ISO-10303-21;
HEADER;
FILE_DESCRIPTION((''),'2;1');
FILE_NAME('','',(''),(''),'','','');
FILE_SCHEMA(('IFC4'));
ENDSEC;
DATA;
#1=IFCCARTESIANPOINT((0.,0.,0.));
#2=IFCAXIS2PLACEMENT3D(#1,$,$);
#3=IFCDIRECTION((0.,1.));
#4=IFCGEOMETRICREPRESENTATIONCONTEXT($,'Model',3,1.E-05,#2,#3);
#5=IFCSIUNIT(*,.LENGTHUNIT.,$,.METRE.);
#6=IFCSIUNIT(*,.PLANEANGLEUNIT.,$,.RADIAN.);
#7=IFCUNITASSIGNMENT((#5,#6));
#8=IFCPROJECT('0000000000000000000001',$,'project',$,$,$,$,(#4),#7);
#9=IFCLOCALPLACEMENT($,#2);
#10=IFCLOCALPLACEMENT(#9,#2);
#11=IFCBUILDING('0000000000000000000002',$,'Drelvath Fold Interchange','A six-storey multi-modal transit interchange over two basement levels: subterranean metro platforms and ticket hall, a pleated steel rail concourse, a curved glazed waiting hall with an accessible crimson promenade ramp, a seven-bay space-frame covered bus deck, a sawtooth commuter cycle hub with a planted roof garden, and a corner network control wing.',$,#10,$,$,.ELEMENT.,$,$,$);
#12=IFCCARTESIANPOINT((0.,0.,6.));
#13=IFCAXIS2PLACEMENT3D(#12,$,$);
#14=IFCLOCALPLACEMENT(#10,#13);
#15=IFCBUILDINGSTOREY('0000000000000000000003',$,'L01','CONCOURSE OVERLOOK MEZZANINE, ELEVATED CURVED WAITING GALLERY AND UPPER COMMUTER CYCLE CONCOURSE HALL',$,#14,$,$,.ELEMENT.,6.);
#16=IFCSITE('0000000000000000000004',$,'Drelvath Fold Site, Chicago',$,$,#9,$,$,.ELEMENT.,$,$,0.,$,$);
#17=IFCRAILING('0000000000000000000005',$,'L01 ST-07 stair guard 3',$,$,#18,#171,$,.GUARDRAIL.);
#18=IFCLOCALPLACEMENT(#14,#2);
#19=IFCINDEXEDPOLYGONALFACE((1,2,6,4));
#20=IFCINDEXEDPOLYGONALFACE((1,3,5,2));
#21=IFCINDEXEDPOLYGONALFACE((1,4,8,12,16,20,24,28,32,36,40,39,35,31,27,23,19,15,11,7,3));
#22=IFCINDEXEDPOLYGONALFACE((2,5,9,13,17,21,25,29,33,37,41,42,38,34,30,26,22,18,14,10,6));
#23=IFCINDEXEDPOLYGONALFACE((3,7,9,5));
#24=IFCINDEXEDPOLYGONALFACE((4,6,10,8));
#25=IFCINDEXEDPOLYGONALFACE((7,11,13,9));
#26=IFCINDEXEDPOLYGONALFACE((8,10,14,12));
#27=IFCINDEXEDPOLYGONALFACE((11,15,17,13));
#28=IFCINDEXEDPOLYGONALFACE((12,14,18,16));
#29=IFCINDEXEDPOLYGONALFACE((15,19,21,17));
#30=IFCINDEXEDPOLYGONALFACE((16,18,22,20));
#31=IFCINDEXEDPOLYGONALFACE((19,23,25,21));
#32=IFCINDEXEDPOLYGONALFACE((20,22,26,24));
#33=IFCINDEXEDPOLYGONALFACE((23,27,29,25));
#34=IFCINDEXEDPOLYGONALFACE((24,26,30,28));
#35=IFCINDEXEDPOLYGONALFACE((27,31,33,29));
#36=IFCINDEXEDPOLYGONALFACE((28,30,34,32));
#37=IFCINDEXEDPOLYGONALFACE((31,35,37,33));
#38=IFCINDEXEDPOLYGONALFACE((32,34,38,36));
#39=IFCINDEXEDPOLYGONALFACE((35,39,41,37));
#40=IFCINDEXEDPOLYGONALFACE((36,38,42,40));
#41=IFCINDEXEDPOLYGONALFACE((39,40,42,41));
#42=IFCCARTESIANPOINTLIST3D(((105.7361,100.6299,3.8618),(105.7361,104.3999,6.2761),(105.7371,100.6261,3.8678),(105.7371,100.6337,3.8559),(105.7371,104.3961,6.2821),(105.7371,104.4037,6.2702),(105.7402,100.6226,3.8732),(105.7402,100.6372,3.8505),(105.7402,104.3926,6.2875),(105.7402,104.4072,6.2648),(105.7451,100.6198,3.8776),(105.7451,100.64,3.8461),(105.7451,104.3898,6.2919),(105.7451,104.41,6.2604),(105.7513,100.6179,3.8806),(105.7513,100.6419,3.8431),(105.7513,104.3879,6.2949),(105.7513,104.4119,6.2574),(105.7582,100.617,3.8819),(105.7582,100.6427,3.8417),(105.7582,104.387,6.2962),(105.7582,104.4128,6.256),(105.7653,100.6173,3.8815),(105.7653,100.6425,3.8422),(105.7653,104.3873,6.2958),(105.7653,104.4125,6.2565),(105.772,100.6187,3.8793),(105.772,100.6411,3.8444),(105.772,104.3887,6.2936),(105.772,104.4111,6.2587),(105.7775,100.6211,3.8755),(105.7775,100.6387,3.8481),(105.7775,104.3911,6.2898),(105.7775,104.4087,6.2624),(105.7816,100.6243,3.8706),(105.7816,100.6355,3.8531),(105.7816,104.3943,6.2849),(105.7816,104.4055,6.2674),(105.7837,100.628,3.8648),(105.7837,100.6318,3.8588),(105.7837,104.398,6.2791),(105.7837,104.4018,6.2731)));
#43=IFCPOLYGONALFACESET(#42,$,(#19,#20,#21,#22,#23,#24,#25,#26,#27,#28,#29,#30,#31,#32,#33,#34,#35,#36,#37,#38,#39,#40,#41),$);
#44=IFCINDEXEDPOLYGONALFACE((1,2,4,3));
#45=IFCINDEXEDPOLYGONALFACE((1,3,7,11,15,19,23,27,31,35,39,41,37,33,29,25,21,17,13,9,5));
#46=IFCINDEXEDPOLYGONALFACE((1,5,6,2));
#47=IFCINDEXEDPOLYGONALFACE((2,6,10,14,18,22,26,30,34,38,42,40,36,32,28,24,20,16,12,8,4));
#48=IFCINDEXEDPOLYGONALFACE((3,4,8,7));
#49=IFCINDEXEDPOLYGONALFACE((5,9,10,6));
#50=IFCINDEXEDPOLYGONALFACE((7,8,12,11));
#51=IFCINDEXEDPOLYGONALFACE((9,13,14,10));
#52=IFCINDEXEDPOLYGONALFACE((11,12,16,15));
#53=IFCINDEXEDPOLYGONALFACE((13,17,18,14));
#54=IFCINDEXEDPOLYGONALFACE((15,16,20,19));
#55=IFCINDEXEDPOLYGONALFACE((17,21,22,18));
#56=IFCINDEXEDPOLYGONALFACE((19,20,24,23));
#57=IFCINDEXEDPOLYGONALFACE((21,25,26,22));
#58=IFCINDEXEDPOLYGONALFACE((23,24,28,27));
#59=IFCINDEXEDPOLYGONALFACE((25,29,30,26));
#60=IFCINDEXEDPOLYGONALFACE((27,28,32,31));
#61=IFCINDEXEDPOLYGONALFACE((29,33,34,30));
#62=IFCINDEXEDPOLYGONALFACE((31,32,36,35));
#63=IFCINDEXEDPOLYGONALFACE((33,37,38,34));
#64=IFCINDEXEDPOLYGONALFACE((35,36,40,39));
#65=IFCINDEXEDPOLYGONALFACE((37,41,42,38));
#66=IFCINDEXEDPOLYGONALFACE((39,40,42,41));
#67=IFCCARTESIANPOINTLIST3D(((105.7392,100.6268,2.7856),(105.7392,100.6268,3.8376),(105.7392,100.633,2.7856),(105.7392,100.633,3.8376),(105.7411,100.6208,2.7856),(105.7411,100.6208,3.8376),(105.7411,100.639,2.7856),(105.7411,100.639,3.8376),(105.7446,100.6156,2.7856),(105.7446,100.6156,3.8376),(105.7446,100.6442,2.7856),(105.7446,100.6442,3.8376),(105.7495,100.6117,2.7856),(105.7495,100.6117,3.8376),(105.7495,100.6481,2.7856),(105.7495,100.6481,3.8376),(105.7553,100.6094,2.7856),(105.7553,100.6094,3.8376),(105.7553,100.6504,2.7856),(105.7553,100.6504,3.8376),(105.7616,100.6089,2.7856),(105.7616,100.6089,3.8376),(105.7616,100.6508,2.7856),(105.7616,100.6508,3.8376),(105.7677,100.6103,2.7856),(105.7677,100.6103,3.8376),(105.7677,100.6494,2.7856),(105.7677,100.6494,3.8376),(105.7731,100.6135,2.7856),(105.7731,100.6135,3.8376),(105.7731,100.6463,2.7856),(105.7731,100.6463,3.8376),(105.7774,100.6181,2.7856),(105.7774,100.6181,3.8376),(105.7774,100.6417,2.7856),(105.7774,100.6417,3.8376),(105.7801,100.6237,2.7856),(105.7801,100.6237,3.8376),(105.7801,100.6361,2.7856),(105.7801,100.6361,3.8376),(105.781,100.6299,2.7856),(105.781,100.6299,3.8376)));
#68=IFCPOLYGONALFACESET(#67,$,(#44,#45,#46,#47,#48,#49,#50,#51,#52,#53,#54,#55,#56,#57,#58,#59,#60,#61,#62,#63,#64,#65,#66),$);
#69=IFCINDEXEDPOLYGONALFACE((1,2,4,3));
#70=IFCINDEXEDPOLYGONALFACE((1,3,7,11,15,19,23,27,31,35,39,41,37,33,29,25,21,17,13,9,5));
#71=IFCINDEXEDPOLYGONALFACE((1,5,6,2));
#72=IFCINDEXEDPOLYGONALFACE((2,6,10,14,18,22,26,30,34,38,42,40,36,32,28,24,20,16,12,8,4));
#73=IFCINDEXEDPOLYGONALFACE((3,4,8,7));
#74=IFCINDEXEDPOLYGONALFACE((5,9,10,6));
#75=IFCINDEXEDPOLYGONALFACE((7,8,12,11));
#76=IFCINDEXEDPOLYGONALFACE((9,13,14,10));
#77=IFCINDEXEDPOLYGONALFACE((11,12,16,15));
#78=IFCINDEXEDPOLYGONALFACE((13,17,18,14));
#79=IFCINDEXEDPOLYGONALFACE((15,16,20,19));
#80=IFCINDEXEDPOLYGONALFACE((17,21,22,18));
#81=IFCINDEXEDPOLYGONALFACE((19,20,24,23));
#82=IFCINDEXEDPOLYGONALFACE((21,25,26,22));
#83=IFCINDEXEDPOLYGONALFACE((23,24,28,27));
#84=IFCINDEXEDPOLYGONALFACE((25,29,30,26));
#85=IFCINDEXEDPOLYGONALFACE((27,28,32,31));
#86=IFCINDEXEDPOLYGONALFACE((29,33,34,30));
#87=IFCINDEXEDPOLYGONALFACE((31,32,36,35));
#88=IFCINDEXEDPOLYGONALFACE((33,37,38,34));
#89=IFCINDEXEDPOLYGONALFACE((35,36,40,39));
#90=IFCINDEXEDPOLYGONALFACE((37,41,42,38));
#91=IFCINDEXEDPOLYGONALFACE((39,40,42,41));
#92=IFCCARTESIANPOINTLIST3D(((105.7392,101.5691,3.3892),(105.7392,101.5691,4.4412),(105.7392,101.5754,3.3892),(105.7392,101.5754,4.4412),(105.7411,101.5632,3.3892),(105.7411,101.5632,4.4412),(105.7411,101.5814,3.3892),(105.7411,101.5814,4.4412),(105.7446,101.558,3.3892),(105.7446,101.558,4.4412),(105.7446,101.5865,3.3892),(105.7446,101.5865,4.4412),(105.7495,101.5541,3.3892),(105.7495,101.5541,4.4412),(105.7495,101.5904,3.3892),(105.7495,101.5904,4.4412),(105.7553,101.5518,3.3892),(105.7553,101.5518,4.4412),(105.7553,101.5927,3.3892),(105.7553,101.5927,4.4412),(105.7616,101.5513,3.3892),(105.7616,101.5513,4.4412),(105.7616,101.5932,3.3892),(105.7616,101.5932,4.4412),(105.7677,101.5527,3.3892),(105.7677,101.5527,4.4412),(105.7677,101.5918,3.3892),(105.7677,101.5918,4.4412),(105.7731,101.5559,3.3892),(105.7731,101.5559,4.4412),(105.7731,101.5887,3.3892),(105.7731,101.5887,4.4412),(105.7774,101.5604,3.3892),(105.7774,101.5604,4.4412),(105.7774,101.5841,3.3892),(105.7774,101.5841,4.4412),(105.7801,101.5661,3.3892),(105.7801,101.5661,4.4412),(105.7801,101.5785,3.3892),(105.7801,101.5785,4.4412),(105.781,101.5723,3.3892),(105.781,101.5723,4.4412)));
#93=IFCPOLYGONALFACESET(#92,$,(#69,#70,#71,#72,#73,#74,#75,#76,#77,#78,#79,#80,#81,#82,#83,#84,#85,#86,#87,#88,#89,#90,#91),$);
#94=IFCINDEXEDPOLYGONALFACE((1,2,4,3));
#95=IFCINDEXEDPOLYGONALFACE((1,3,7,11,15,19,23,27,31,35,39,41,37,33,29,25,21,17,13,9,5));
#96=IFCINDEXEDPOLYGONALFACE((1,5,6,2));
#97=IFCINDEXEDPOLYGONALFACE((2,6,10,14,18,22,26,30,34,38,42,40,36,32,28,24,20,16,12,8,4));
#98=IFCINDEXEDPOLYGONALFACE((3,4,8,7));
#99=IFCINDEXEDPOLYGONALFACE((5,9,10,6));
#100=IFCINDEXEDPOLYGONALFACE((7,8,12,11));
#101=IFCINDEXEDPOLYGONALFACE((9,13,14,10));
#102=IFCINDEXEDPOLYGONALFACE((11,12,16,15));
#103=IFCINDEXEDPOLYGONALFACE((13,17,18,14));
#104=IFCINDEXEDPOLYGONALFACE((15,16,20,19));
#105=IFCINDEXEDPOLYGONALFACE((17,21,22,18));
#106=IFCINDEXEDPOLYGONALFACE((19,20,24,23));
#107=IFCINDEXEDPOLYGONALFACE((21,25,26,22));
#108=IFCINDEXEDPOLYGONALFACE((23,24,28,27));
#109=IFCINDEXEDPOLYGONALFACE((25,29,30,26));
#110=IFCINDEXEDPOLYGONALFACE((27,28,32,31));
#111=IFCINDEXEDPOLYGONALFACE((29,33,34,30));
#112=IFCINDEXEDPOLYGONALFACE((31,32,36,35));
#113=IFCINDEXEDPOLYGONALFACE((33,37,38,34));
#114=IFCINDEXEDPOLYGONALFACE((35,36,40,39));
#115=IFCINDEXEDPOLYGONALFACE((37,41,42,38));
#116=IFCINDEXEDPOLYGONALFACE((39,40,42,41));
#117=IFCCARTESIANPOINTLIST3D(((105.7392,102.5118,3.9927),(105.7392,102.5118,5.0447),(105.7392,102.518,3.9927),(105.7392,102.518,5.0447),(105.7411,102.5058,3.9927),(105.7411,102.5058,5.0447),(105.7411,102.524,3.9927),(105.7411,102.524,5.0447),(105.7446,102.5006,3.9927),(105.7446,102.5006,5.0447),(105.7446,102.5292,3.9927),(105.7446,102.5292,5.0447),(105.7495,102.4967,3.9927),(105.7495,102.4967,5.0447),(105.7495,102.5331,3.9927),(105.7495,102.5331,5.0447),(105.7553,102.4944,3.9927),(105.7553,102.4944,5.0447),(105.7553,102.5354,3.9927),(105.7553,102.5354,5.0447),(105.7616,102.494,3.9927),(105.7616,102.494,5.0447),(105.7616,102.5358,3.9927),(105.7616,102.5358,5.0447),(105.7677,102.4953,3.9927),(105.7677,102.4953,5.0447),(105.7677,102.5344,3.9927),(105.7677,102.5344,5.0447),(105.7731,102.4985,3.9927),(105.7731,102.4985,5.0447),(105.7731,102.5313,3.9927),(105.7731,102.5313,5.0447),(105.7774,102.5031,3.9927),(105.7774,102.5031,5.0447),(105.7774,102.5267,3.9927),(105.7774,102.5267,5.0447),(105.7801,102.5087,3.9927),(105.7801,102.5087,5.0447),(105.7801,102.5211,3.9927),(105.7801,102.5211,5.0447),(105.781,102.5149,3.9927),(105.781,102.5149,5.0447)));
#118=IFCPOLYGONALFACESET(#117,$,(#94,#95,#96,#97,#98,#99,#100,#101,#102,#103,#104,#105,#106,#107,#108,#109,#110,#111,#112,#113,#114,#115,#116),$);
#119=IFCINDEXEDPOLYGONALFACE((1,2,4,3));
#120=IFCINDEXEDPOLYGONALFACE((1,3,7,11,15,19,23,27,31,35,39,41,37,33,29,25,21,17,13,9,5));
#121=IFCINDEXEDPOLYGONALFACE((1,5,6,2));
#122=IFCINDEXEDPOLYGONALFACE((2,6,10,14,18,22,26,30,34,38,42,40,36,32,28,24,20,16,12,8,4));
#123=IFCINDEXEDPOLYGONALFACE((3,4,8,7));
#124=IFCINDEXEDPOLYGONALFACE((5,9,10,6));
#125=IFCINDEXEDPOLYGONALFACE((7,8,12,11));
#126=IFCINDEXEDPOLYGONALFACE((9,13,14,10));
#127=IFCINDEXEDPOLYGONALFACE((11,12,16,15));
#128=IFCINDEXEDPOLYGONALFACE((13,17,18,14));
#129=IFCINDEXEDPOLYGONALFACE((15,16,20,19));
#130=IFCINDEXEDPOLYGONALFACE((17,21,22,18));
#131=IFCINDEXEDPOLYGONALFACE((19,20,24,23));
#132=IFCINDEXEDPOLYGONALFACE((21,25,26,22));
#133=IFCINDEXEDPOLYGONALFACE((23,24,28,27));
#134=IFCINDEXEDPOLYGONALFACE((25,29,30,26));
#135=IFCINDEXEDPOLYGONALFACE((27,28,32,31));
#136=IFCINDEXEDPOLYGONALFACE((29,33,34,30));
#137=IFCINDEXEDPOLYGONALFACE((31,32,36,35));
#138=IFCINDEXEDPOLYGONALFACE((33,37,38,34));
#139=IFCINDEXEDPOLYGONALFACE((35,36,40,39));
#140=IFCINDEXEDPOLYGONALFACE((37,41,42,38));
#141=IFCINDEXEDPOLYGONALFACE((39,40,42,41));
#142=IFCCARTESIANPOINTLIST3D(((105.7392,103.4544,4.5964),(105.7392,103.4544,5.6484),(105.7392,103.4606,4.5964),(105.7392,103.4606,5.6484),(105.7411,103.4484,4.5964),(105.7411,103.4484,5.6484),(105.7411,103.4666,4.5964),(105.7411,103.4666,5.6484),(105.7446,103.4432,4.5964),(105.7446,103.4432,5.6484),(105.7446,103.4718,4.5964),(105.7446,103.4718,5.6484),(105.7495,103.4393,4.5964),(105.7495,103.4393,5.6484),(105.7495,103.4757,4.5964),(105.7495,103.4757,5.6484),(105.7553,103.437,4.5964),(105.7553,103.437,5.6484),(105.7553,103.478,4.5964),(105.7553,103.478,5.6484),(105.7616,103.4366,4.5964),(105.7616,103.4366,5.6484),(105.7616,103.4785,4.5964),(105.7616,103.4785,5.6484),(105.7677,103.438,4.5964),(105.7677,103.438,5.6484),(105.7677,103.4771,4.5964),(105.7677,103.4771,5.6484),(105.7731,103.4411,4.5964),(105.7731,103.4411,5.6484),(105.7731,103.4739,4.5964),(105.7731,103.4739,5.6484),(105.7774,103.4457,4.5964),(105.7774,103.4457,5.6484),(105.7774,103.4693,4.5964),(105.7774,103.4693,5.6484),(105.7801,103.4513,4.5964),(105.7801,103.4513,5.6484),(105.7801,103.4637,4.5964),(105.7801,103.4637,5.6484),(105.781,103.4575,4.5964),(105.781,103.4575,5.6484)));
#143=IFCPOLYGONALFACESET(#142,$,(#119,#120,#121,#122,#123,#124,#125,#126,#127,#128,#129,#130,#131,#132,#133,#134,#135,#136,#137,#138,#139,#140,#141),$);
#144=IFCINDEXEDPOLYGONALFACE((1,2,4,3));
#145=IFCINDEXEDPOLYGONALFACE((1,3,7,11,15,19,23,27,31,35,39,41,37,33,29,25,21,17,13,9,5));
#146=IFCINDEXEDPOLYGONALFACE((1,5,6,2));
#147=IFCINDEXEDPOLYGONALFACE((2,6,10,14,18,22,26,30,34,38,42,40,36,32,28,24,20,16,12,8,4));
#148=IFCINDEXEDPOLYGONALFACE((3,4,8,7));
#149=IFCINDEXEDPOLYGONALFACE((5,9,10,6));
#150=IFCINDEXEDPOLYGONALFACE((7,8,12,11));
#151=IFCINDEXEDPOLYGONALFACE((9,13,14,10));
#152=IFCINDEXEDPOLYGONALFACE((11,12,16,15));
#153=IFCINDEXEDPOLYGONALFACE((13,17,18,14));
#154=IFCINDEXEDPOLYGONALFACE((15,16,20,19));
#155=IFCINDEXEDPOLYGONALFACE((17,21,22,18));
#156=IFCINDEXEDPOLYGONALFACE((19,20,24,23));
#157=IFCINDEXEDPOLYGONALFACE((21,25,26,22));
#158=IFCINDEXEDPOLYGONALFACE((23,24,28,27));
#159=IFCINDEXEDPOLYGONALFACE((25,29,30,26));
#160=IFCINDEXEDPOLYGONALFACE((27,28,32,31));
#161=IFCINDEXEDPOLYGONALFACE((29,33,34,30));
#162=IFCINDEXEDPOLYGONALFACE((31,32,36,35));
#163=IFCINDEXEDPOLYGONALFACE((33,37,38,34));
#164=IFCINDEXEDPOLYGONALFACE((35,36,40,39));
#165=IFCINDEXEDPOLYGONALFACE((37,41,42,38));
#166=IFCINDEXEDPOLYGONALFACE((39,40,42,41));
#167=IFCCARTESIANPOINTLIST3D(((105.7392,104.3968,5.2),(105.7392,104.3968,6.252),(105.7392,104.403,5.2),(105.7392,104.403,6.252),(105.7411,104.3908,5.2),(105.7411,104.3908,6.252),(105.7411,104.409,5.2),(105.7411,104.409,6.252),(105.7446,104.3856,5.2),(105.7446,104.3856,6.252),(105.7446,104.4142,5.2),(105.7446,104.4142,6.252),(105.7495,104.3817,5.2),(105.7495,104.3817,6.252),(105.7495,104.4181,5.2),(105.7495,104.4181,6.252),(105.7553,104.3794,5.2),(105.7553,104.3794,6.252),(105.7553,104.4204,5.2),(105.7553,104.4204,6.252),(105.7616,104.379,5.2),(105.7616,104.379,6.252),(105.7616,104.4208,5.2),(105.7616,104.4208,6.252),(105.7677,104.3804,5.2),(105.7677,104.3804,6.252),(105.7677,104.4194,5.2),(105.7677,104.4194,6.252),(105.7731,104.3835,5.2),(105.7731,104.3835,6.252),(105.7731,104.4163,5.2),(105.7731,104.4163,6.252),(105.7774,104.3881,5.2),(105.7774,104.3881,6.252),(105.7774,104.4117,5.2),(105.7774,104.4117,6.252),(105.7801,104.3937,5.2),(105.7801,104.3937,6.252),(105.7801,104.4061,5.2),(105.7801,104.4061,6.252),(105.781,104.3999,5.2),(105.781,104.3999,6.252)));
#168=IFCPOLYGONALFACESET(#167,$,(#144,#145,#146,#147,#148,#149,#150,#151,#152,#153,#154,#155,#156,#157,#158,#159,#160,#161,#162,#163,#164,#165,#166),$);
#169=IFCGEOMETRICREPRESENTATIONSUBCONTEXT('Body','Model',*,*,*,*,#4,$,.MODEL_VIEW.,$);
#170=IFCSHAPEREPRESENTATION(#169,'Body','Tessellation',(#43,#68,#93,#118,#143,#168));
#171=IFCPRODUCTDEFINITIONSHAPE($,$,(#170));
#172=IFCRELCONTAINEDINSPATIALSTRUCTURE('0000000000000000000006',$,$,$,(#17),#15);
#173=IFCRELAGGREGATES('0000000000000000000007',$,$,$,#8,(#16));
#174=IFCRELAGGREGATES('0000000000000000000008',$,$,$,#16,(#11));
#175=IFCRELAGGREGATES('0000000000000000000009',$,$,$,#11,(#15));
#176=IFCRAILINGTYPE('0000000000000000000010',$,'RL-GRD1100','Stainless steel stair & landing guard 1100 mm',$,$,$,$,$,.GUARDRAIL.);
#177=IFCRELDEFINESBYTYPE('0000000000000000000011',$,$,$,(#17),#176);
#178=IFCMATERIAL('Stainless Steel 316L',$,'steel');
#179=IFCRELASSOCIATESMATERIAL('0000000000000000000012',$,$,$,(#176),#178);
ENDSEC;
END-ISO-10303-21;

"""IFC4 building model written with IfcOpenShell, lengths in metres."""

from ifc_helpers import new_model, si_unit, direction, frame, origin, origin_2d, place, context, subcontext, project, spatial, circle, extrude, material, type_object, element, save


model = new_model("IFC4")

# Units and contexts
model_context = context("Model", 3, precision=1e-05, world=origin(), true_north=direction((0.0, 1.0)))
body_context = subcontext(model_context, "Body", "Model", "MODEL_VIEW")
ifc_project = project(units=[si_unit("LENGTHUNIT", "METRE"), si_unit("PLANEANGLEUNIT", "RADIAN")], contexts=[model_context])

# Site, building, storey
site_placement = place(None, origin())
site = spatial("IfcSite", under=ifc_project, at=site_placement, Name="Drelvath Fold Site, Chicago", CompositionType="ELEMENT", RefElevation=0.0)
building_placement = place(site_placement, origin())
building = spatial("IfcBuilding", under=site, at=building_placement, Name="Drelvath Fold Interchange", Description="A six-storey multi-modal transit interchange over two basement levels: subterranean metro platforms and ticket hall, a pleated steel rail concourse, a curved glazed waiting hall with an accessible crimson promenade ramp, a seven-bay space-frame covered bus deck, a sawtooth commuter cycle hub with a planted roof garden, and a corner network control wing.", CompositionType="ELEMENT")
storey_placement = place(building_placement, frame((0.0, 0.0, 6.0)))
storey = spatial("IfcBuildingStorey", under=building, at=storey_placement, Name="L01", Description="CONCOURSE OVERLOOK MEZZANINE, ELEVATED CURVED WAITING GALLERY AND UPPER COMMUTER CYCLE CONCOURSE HALL", CompositionType="ELEMENT", Elevation=6.0)

# Railing
ifc_material_1 = material(Name="Stainless Steel 316L", Category="steel")
railing_type_1 = type_object("IfcRailingType", Name="RL-GRD1100", Description="Stainless steel stair & landing guard 1100 mm", PredefinedType="GUARDRAIL", material=ifc_material_1)
railing_1_placement = place(storey_placement, frame((105.76, 100.6299, 2.7856)))
element("IfcRailing", 1, at=railing_1_placement, inside=storey, type_object=railing_type_1, Name="L01 ST-07 stair guard 3", PredefinedType="GUARDRAIL", context=body_context, shape_type="SweptSolid", body=[
    extrude(circle(Radius=0.0239, at=origin_2d()), frame((0.0, 0.0, 1.0762), z_axis=(0.0, 0.84212, 0.53929), x_axis=(-1.0, 0.0, 0.0)), (0.0, 0.0, 1.0), 4.4768),
    extrude(circle(Radius=0.021, at=origin_2d()), origin(), (0.0, 0.0, 1.0), 1.052),
    extrude(circle(Radius=0.021, at=origin_2d()), frame((0.0, 0.9424, 0.6035)), (0.0, 0.0, 1.0), 1.052),
    extrude(circle(Radius=0.021, at=origin_2d()), frame((0.0, 1.885, 1.207)), (0.0, 0.0, 1.0), 1.052),
    extrude(circle(Radius=0.021, at=origin_2d()), frame((0.0, 2.8276, 1.8108)), (0.0, 0.0, 1.0), 1.052),
    extrude(circle(Radius=0.021, at=origin_2d()), frame((0.0, 3.77, 2.4143)), (0.0, 0.0, 1.0), 1.052),
])

save(model, "model.ifc")
